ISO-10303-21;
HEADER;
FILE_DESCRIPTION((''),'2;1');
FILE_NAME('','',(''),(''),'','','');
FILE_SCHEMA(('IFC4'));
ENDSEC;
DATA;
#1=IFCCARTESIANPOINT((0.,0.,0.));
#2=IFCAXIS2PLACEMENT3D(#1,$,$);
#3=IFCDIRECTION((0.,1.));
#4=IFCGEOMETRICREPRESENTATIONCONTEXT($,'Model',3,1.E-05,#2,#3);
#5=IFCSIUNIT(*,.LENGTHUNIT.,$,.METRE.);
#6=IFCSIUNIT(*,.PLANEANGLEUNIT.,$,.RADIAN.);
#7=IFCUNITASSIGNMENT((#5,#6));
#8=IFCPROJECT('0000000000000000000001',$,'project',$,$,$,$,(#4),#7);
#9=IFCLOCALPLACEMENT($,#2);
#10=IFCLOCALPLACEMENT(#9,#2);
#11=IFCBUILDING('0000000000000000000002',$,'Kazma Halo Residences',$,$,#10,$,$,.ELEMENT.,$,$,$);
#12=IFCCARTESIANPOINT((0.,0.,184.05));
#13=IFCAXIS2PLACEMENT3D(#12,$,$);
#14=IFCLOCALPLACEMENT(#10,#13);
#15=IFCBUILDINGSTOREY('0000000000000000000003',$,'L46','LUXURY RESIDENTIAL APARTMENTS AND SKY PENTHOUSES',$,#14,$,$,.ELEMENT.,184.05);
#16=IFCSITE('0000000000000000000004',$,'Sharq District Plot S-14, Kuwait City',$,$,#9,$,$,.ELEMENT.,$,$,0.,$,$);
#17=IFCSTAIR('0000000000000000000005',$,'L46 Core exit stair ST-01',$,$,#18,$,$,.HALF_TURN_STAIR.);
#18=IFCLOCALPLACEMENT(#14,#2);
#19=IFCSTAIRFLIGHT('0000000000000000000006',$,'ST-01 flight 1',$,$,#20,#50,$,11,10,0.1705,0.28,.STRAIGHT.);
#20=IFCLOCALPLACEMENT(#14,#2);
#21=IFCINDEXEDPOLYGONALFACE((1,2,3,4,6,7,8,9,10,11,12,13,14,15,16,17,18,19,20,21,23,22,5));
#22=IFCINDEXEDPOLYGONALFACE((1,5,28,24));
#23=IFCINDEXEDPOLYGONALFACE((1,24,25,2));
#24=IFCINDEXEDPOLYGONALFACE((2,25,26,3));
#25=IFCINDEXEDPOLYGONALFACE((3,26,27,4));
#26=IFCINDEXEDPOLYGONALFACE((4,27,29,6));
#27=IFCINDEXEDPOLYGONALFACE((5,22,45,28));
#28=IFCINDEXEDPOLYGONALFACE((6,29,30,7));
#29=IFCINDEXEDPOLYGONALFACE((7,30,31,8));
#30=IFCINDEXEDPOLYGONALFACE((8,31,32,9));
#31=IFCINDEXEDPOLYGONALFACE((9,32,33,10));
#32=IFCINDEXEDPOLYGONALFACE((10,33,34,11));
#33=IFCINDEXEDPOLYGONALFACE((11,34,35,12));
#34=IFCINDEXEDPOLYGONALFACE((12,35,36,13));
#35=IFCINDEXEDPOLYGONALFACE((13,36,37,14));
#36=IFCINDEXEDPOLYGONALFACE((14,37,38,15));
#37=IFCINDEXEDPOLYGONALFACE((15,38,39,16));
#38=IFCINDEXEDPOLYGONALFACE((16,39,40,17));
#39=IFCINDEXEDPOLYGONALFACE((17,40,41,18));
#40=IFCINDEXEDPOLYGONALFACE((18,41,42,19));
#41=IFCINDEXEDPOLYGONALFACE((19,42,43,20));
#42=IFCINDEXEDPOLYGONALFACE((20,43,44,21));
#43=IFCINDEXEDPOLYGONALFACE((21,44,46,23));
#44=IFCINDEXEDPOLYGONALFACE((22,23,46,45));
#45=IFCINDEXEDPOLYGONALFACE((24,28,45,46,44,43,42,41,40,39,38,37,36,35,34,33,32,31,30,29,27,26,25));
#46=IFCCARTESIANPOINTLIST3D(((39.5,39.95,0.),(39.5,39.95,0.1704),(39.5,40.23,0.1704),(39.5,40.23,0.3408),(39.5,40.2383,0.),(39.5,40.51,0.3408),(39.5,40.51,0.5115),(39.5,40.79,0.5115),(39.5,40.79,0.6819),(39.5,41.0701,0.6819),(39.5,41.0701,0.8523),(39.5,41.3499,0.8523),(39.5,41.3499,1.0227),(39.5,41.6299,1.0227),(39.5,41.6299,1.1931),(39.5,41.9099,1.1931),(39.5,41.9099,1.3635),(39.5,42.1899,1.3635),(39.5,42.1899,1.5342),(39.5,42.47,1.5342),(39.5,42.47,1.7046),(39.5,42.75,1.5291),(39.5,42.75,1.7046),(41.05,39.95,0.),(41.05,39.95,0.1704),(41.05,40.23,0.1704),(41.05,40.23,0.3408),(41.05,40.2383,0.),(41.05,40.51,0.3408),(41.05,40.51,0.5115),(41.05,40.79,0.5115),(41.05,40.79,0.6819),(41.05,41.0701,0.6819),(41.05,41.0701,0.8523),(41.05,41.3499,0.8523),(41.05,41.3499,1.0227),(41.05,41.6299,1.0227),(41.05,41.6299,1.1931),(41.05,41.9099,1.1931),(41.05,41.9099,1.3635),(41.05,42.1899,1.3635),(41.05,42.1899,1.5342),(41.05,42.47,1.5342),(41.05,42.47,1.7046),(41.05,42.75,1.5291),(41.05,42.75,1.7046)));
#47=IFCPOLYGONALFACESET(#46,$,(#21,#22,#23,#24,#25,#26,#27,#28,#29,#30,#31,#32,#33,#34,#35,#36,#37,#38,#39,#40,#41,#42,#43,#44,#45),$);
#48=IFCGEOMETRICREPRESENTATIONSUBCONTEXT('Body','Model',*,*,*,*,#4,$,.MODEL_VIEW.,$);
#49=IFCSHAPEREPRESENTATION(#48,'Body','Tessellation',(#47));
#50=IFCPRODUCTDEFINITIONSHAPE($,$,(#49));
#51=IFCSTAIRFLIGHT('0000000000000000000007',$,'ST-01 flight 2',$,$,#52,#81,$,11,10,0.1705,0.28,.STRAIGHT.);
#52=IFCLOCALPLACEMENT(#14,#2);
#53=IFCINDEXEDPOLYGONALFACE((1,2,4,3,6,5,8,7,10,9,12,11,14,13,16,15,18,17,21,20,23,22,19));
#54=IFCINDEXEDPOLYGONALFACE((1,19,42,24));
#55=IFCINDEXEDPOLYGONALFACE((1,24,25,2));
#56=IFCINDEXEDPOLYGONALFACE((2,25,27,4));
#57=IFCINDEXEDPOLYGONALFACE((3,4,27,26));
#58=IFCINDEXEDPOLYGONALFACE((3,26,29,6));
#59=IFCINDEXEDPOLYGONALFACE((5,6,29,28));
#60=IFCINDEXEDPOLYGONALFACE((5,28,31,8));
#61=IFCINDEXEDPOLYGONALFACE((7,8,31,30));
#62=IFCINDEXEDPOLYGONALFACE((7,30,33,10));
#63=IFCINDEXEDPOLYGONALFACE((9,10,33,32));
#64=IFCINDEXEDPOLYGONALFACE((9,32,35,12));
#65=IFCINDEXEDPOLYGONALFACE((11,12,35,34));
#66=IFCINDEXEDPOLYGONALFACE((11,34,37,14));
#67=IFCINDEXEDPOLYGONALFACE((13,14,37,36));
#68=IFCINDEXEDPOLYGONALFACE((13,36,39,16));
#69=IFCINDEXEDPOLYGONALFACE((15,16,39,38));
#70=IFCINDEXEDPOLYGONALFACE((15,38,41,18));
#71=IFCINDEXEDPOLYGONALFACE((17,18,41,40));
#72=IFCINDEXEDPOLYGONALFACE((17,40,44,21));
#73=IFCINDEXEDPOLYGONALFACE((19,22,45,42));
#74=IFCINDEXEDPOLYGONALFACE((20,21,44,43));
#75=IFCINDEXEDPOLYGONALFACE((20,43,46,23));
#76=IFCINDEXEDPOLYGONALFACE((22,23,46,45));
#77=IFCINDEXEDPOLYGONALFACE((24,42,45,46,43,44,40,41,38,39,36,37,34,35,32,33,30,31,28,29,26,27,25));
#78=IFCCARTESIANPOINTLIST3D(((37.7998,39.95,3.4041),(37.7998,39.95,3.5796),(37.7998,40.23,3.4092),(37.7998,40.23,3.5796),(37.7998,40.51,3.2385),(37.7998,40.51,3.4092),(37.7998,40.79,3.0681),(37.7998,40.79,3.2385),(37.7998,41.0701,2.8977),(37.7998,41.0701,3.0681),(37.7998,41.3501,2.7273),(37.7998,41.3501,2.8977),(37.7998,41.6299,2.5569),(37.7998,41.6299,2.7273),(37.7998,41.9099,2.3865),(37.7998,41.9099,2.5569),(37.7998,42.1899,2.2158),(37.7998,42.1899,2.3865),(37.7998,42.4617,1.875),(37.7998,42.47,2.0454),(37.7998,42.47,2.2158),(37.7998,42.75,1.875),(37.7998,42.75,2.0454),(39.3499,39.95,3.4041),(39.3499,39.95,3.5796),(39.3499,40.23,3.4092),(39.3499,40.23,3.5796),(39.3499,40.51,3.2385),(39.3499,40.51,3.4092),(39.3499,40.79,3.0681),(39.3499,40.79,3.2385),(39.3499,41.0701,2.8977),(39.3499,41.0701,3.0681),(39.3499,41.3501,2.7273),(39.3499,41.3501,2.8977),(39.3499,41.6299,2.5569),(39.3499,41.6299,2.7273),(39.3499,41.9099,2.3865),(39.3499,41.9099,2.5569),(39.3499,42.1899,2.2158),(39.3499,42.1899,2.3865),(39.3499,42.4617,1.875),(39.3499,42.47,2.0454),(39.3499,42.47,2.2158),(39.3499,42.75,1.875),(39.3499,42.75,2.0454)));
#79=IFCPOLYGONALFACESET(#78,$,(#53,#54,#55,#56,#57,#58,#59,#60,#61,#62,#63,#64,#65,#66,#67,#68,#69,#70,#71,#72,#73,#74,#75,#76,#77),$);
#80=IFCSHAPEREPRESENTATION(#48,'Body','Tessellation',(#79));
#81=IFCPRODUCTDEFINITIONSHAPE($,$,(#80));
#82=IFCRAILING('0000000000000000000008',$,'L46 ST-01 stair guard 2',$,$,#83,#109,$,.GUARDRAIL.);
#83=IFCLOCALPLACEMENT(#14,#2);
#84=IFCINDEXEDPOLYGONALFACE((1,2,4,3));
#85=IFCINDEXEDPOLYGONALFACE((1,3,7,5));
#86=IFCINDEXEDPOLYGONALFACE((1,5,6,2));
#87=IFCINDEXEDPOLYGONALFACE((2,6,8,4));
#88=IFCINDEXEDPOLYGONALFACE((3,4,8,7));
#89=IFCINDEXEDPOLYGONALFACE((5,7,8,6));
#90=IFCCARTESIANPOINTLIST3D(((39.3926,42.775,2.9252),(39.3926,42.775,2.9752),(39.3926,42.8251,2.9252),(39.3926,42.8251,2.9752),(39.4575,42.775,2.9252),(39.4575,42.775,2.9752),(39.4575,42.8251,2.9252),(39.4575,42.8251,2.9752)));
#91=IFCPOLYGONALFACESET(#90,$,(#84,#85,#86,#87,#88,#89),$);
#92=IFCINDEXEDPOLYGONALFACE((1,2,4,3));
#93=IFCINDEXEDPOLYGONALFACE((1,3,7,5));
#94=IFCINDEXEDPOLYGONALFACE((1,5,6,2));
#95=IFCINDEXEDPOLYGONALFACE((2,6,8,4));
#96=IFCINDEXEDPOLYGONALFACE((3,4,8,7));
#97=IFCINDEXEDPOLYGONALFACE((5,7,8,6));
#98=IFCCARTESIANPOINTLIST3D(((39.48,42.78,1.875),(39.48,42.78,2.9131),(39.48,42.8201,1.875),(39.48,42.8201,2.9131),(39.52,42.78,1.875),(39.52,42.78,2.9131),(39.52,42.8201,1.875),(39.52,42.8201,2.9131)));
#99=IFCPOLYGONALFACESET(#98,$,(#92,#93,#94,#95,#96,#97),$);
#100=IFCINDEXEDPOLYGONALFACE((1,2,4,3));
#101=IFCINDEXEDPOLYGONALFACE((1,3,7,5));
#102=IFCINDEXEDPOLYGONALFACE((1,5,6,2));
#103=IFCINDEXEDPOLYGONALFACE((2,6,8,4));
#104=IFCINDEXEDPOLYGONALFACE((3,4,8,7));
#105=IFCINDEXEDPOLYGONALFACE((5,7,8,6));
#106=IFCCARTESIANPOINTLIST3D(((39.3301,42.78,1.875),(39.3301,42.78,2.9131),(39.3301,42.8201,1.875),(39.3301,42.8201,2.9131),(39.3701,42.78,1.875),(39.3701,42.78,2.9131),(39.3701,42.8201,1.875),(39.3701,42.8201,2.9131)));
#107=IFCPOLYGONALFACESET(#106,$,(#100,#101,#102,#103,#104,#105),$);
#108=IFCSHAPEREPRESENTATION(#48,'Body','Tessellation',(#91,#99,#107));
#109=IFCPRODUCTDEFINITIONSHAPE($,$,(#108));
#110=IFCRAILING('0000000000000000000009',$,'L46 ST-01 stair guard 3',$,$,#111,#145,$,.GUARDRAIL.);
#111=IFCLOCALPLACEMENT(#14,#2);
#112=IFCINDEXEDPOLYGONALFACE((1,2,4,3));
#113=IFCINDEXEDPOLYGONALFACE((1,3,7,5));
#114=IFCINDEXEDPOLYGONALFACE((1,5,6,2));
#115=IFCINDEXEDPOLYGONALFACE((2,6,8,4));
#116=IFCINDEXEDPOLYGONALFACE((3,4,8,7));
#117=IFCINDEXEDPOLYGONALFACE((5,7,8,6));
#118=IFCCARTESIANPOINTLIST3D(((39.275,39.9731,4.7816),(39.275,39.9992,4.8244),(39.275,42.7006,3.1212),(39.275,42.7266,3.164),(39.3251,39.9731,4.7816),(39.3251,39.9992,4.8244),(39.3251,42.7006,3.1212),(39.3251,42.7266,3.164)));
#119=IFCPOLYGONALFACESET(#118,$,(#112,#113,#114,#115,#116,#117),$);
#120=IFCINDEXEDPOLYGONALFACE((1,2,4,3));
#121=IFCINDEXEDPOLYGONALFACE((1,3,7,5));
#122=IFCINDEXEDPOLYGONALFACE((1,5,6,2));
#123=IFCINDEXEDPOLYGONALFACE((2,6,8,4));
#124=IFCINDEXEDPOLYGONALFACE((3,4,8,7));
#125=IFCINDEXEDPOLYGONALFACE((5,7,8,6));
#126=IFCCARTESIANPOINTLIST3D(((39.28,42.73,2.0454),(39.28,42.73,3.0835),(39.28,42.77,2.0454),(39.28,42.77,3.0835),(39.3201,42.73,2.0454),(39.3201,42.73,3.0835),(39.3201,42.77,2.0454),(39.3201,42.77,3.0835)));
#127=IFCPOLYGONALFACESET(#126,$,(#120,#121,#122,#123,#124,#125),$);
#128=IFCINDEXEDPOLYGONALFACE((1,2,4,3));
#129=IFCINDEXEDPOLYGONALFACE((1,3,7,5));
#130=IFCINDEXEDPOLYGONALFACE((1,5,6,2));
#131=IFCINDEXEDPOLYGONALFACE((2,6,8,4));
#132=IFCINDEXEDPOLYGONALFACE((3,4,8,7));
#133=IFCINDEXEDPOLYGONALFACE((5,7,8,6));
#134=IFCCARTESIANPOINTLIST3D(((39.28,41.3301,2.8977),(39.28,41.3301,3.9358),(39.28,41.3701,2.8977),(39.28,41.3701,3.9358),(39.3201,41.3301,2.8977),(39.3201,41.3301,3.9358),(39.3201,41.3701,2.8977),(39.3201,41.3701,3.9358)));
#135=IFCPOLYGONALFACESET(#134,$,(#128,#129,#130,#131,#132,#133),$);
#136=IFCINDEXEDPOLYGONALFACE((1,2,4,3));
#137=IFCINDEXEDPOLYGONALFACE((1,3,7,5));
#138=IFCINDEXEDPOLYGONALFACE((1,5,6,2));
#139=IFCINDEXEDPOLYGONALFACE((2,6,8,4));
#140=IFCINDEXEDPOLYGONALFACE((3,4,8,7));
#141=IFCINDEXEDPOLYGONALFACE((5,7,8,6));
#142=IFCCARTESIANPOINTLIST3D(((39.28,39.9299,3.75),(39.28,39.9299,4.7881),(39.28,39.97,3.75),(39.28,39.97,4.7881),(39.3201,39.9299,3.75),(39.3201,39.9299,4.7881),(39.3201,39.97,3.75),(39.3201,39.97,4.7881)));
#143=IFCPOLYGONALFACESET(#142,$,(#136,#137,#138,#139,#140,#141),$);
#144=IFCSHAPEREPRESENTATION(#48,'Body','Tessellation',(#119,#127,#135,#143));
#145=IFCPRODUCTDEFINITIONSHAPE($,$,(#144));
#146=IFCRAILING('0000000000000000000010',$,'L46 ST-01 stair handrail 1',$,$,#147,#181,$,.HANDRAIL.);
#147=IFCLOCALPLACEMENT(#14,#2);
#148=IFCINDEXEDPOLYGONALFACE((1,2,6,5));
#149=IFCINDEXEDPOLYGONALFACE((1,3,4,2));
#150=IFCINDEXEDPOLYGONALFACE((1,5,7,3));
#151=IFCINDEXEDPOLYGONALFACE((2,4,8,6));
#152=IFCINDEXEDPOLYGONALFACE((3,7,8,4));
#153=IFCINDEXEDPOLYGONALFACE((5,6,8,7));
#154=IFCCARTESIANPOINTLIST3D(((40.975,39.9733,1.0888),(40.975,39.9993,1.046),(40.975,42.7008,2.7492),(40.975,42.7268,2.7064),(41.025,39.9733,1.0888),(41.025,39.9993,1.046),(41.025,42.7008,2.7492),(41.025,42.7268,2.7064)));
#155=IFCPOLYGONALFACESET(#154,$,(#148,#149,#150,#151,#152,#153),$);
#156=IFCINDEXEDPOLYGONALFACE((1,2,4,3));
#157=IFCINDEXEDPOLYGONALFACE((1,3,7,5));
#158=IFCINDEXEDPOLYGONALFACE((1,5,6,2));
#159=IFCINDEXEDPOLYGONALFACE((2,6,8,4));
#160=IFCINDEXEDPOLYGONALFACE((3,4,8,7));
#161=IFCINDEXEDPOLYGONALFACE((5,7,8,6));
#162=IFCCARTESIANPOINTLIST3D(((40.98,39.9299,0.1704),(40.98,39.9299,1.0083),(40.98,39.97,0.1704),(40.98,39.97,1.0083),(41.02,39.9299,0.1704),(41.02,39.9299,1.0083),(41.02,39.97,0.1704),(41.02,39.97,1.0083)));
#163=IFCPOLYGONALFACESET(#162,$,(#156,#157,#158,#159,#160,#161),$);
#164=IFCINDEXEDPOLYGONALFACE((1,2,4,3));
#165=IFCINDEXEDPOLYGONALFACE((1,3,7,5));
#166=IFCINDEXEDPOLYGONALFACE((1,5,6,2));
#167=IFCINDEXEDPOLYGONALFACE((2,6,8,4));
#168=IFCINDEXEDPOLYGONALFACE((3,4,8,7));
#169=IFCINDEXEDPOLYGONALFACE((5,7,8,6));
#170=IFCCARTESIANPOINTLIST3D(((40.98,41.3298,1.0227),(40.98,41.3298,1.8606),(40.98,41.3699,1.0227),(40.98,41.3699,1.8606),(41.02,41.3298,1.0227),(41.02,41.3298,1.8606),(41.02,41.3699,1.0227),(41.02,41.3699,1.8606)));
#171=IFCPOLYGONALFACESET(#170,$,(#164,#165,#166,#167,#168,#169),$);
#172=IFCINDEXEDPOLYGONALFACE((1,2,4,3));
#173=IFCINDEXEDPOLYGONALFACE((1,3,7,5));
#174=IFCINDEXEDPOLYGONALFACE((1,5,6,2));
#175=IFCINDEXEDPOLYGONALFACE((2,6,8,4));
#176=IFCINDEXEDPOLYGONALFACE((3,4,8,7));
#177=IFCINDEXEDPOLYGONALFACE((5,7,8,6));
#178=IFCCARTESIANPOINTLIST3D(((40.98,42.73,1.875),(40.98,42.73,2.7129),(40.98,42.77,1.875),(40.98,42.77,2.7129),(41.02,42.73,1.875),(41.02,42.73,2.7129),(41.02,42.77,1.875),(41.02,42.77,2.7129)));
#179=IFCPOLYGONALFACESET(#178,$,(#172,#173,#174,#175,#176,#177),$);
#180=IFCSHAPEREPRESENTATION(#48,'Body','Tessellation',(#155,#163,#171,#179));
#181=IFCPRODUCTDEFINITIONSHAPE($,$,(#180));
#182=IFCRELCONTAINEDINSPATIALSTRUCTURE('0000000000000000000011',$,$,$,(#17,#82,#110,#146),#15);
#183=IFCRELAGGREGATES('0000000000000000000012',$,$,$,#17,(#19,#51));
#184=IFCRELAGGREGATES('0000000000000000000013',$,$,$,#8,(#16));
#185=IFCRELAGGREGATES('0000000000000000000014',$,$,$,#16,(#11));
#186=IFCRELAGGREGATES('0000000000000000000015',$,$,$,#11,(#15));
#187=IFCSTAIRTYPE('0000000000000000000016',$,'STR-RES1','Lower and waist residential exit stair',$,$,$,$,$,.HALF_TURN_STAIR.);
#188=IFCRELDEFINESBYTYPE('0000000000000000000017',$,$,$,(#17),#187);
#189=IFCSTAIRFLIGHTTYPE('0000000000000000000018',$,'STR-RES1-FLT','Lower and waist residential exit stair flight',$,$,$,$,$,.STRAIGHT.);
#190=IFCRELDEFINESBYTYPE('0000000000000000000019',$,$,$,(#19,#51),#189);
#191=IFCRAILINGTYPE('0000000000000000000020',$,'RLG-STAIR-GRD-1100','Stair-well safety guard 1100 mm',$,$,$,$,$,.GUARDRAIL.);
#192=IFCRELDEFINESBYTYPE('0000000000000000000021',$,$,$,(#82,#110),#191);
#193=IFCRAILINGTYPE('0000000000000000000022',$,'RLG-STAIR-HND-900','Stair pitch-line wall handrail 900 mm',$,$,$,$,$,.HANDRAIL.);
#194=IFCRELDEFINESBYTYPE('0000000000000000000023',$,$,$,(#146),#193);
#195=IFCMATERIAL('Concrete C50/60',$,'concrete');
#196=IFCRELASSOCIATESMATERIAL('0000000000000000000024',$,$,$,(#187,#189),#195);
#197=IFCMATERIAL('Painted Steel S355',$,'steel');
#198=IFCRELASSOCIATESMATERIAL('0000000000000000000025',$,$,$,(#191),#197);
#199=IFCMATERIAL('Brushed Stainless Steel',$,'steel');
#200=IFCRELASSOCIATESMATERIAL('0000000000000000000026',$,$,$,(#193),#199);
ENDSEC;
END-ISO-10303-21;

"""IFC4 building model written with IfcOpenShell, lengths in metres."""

from ifc_helpers import new_model, si_unit, direction, frame, origin, origin_2d, place, context, subcontext, project, spatial, polyline, rectangle, outline, extrude, material, type_object, element, aggregate, save


model = new_model("IFC4")

# Units and contexts
model_context = context("Model", 3, precision=1e-05, world=origin(), true_north=direction((0.0, 1.0)))
body_context = subcontext(model_context, "Body", "Model", "MODEL_VIEW")
ifc_project = project(units=[si_unit("LENGTHUNIT", "METRE"), si_unit("PLANEANGLEUNIT", "RADIAN")], contexts=[model_context])

# Site, building, storey
site_placement = place(None, origin())
site = spatial("IfcSite", under=ifc_project, at=site_placement, Name="Sharq District Plot S-14, Kuwait City", CompositionType="ELEMENT", RefElevation=0.0)
building_placement = place(site_placement, origin())
building = spatial("IfcBuilding", under=site, at=building_placement, Name="Kazma Halo Residences", CompositionType="ELEMENT")
storey_placement = place(building_placement, frame((0.0, 0.0, 184.05)))
storey = spatial("IfcBuildingStorey", under=building, at=storey_placement, Name="L46", Description="LUXURY RESIDENTIAL APARTMENTS AND SKY PENTHOUSES", CompositionType="ELEMENT", Elevation=184.05)

# Stair, stair flights
ifc_material_1 = material(Name="Concrete C50/60", Category="concrete")
stair_type = type_object("IfcStairType", Name="STR-RES1", Description="Lower and waist residential exit stair", PredefinedType="HALF_TURN_STAIR", material=ifc_material_1)
stair_placement = place(storey_placement, origin())
stair = element("IfcStair", 1, at=stair_placement, inside=storey, type_object=stair_type, Name="L46 Core exit stair ST-01", PredefinedType="HALF_TURN_STAIR")
stair_flight_type = type_object("IfcStairFlightType", Name="STR-RES1-FLT", Description="Lower and waist residential exit stair flight", PredefinedType="STRAIGHT", material=ifc_material_1)
stair_flight_1_placement = place(storey_placement, frame((40.2749, 39.95, 0.0), z_axis=(0.0, 0.0, 1.0), x_axis=(0.0, 1.0, 0.0)))
stair_flight_1 = element("IfcStairFlight", 2, at=stair_flight_1_placement, type_object=stair_flight_type, Name="ST-01 flight 1", NumberOfRisers=11, NumberOfTreads=10, PredefinedType="STRAIGHT", RiserHeight=0.1705, TreadLength=0.28, context=body_context, shape_type="SweptSolid", body=[
    extrude(outline(polyline([(0.0, 0.0), (0.0, 0.1704), (0.28, 0.1704), (0.28, 0.3408), (0.5601, 0.3408), (0.5601, 0.5115), (0.8401, 0.5115), (0.8401, 0.6819), (1.1201, 0.6819), (1.1201, 0.8523), (1.3999, 0.8523), (1.3999, 1.0227), (1.6799, 1.0227), (1.6799, 1.1931), (1.96, 1.1931), (1.96, 1.3635), (2.24, 1.3635), (2.24, 1.5342), (2.52, 1.5342), (2.52, 1.7046), (2.8, 1.7046), (2.8, 1.875), (2.8, 1.5291), (0.2883, 0.0), (0.0, 0.0)])), frame((0.0, 0.7749, 0.0), z_axis=(0.0, -1.0, 0.0), x_axis=(1.0, 0.0, 0.0)), (0.0, 0.0, 1.0), 1.55),
])
stair_flight_2_placement = place(storey_placement, frame((38.575, 42.75, 1.875), z_axis=(0.0, 0.0, 1.0), x_axis=(0.0, -1.0, 0.0)))
stair_flight_2 = element("IfcStairFlight", 3, at=stair_flight_2_placement, type_object=stair_flight_type, Name="ST-01 flight 2", NumberOfRisers=11, NumberOfTreads=10, PredefinedType="STRAIGHT", RiserHeight=0.1705, TreadLength=0.28, context=body_context, shape_type="SweptSolid", body=[
    extrude(outline(polyline([(0.0, 0.0), (0.0, 0.1704), (0.28, 0.1704), (0.28, 0.3408), (0.5601, 0.3408), (0.5601, 0.5115), (0.8401, 0.5115), (0.8401, 0.6819), (1.1201, 0.6819), (1.1201, 0.8523), (1.3999, 0.8523), (1.3999, 1.0227), (1.6799, 1.0227), (1.6799, 1.1931), (1.96, 1.1931), (1.96, 1.3635), (2.24, 1.3635), (2.24, 1.5342), (2.52, 1.5342), (2.52, 1.7046), (2.8, 1.7046), (2.8, 1.875), (2.8, 1.5291), (0.2883, 0.0), (0.0, 0.0)])), frame((0.0, 0.7749, 0.0), z_axis=(0.0, -1.0, 0.0), x_axis=(1.0, 0.0, 0.0)), (0.0, 0.0, 1.0), 1.55),
])
aggregate(stair, [stair_flight_1, stair_flight_2])

# Railings
ifc_material_2 = material(Name="Painted Steel S355", Category="steel")
railing_type_1 = type_object("IfcRailingType", Name="RLG-STAIR-GRD-1100", Description="Stair-well safety guard 1100 mm", PredefinedType="GUARDRAIL", material=ifc_material_2)
railing_1_placement = place(storey_placement, frame((39.5, 42.8, 1.875)))
element("IfcRailing", 4, at=railing_1_placement, inside=storey, type_object=railing_type_1, Name="L46 ST-01 stair guard 2", PredefinedType="GUARDRAIL", context=body_context, shape_type="SweptSolid", body=[
    extrude(rectangle(XDim=0.05, YDim=0.05, at=origin_2d()), frame((-0.0425, 0.0, 1.0752), z_axis=(-1.0, 0.0, 0.0), x_axis=(0.0, -1.0, 0.0)), (0.0, 0.0, 1.0), 0.0649),
    extrude(rectangle(XDim=0.04, YDim=0.04, at=origin_2d()), origin(), (0.0, 0.0, 1.0), 1.0381),
    extrude(rectangle(XDim=0.04, YDim=0.04, at=origin_2d()), frame((-0.1499, 0.0, 0.0)), (0.0, 0.0, 1.0), 1.0381),
])
railing_2_placement = place(storey_placement, frame((39.3, 42.75, 2.0454)))
element("IfcRailing", 5, at=railing_2_placement, inside=storey, type_object=railing_type_1, Name="L46 ST-01 stair guard 3", PredefinedType="GUARDRAIL", context=body_context, shape_type="SweptSolid", body=[
    extrude(rectangle(XDim=0.05, YDim=0.05, at=origin_2d()), frame((0.0, -0.0364, 1.0972), z_axis=(0.0, -0.85417, 0.519994), x_axis=(1.0, 0.0, 0.0)), (0.0, 0.0, 1.0), 3.1931),
    extrude(rectangle(XDim=0.04, YDim=0.04, at=origin_2d()), origin(), (0.0, 0.0, 1.0), 1.0381),
    extrude(rectangle(XDim=0.04, YDim=0.04, at=origin_2d()), frame((0.0, -1.3999, 0.8523)), (0.0, 0.0, 1.0), 1.0381),
    extrude(rectangle(XDim=0.04, YDim=0.04, at=origin_2d()), frame((0.0, -2.8, 1.7046)), (0.0, 0.0, 1.0), 1.0381),
])
ifc_material_3 = material(Name="Brushed Stainless Steel", Category="steel")
railing_type_2 = type_object("IfcRailingType", Name="RLG-STAIR-HND-900", Description="Stair pitch-line wall handrail 900 mm", PredefinedType="HANDRAIL", material=ifc_material_3)
railing_3_placement = place(storey_placement, frame((41.0, 39.95, 0.1704)))
element("IfcRailing", 6, at=railing_3_placement, inside=storey, type_object=railing_type_2, Name="L46 ST-01 stair handrail 1", PredefinedType="HANDRAIL", context=body_context, shape_type="SweptSolid", body=[
    extrude(rectangle(XDim=0.05, YDim=0.05, at=origin_2d()), frame((0.0, 0.0364, 0.897), z_axis=(0.0, 0.85417, 0.519994), x_axis=(-1.0, 0.0, 0.0)), (0.0, 0.0, 1.0), 3.1931),
    extrude(rectangle(XDim=0.04, YDim=0.04, at=origin_2d()), origin(), (0.0, 0.0, 1.0), 0.8379),
    extrude(rectangle(XDim=0.04, YDim=0.04, at=origin_2d()), frame((0.0, 1.3999, 0.8523)), (0.0, 0.0, 1.0), 0.8379),
    extrude(rectangle(XDim=0.04, YDim=0.04, at=origin_2d()), frame((0.0, 2.8, 1.7046)), (0.0, 0.0, 1.0), 0.8379),
])

save(model, "model.ifc")
